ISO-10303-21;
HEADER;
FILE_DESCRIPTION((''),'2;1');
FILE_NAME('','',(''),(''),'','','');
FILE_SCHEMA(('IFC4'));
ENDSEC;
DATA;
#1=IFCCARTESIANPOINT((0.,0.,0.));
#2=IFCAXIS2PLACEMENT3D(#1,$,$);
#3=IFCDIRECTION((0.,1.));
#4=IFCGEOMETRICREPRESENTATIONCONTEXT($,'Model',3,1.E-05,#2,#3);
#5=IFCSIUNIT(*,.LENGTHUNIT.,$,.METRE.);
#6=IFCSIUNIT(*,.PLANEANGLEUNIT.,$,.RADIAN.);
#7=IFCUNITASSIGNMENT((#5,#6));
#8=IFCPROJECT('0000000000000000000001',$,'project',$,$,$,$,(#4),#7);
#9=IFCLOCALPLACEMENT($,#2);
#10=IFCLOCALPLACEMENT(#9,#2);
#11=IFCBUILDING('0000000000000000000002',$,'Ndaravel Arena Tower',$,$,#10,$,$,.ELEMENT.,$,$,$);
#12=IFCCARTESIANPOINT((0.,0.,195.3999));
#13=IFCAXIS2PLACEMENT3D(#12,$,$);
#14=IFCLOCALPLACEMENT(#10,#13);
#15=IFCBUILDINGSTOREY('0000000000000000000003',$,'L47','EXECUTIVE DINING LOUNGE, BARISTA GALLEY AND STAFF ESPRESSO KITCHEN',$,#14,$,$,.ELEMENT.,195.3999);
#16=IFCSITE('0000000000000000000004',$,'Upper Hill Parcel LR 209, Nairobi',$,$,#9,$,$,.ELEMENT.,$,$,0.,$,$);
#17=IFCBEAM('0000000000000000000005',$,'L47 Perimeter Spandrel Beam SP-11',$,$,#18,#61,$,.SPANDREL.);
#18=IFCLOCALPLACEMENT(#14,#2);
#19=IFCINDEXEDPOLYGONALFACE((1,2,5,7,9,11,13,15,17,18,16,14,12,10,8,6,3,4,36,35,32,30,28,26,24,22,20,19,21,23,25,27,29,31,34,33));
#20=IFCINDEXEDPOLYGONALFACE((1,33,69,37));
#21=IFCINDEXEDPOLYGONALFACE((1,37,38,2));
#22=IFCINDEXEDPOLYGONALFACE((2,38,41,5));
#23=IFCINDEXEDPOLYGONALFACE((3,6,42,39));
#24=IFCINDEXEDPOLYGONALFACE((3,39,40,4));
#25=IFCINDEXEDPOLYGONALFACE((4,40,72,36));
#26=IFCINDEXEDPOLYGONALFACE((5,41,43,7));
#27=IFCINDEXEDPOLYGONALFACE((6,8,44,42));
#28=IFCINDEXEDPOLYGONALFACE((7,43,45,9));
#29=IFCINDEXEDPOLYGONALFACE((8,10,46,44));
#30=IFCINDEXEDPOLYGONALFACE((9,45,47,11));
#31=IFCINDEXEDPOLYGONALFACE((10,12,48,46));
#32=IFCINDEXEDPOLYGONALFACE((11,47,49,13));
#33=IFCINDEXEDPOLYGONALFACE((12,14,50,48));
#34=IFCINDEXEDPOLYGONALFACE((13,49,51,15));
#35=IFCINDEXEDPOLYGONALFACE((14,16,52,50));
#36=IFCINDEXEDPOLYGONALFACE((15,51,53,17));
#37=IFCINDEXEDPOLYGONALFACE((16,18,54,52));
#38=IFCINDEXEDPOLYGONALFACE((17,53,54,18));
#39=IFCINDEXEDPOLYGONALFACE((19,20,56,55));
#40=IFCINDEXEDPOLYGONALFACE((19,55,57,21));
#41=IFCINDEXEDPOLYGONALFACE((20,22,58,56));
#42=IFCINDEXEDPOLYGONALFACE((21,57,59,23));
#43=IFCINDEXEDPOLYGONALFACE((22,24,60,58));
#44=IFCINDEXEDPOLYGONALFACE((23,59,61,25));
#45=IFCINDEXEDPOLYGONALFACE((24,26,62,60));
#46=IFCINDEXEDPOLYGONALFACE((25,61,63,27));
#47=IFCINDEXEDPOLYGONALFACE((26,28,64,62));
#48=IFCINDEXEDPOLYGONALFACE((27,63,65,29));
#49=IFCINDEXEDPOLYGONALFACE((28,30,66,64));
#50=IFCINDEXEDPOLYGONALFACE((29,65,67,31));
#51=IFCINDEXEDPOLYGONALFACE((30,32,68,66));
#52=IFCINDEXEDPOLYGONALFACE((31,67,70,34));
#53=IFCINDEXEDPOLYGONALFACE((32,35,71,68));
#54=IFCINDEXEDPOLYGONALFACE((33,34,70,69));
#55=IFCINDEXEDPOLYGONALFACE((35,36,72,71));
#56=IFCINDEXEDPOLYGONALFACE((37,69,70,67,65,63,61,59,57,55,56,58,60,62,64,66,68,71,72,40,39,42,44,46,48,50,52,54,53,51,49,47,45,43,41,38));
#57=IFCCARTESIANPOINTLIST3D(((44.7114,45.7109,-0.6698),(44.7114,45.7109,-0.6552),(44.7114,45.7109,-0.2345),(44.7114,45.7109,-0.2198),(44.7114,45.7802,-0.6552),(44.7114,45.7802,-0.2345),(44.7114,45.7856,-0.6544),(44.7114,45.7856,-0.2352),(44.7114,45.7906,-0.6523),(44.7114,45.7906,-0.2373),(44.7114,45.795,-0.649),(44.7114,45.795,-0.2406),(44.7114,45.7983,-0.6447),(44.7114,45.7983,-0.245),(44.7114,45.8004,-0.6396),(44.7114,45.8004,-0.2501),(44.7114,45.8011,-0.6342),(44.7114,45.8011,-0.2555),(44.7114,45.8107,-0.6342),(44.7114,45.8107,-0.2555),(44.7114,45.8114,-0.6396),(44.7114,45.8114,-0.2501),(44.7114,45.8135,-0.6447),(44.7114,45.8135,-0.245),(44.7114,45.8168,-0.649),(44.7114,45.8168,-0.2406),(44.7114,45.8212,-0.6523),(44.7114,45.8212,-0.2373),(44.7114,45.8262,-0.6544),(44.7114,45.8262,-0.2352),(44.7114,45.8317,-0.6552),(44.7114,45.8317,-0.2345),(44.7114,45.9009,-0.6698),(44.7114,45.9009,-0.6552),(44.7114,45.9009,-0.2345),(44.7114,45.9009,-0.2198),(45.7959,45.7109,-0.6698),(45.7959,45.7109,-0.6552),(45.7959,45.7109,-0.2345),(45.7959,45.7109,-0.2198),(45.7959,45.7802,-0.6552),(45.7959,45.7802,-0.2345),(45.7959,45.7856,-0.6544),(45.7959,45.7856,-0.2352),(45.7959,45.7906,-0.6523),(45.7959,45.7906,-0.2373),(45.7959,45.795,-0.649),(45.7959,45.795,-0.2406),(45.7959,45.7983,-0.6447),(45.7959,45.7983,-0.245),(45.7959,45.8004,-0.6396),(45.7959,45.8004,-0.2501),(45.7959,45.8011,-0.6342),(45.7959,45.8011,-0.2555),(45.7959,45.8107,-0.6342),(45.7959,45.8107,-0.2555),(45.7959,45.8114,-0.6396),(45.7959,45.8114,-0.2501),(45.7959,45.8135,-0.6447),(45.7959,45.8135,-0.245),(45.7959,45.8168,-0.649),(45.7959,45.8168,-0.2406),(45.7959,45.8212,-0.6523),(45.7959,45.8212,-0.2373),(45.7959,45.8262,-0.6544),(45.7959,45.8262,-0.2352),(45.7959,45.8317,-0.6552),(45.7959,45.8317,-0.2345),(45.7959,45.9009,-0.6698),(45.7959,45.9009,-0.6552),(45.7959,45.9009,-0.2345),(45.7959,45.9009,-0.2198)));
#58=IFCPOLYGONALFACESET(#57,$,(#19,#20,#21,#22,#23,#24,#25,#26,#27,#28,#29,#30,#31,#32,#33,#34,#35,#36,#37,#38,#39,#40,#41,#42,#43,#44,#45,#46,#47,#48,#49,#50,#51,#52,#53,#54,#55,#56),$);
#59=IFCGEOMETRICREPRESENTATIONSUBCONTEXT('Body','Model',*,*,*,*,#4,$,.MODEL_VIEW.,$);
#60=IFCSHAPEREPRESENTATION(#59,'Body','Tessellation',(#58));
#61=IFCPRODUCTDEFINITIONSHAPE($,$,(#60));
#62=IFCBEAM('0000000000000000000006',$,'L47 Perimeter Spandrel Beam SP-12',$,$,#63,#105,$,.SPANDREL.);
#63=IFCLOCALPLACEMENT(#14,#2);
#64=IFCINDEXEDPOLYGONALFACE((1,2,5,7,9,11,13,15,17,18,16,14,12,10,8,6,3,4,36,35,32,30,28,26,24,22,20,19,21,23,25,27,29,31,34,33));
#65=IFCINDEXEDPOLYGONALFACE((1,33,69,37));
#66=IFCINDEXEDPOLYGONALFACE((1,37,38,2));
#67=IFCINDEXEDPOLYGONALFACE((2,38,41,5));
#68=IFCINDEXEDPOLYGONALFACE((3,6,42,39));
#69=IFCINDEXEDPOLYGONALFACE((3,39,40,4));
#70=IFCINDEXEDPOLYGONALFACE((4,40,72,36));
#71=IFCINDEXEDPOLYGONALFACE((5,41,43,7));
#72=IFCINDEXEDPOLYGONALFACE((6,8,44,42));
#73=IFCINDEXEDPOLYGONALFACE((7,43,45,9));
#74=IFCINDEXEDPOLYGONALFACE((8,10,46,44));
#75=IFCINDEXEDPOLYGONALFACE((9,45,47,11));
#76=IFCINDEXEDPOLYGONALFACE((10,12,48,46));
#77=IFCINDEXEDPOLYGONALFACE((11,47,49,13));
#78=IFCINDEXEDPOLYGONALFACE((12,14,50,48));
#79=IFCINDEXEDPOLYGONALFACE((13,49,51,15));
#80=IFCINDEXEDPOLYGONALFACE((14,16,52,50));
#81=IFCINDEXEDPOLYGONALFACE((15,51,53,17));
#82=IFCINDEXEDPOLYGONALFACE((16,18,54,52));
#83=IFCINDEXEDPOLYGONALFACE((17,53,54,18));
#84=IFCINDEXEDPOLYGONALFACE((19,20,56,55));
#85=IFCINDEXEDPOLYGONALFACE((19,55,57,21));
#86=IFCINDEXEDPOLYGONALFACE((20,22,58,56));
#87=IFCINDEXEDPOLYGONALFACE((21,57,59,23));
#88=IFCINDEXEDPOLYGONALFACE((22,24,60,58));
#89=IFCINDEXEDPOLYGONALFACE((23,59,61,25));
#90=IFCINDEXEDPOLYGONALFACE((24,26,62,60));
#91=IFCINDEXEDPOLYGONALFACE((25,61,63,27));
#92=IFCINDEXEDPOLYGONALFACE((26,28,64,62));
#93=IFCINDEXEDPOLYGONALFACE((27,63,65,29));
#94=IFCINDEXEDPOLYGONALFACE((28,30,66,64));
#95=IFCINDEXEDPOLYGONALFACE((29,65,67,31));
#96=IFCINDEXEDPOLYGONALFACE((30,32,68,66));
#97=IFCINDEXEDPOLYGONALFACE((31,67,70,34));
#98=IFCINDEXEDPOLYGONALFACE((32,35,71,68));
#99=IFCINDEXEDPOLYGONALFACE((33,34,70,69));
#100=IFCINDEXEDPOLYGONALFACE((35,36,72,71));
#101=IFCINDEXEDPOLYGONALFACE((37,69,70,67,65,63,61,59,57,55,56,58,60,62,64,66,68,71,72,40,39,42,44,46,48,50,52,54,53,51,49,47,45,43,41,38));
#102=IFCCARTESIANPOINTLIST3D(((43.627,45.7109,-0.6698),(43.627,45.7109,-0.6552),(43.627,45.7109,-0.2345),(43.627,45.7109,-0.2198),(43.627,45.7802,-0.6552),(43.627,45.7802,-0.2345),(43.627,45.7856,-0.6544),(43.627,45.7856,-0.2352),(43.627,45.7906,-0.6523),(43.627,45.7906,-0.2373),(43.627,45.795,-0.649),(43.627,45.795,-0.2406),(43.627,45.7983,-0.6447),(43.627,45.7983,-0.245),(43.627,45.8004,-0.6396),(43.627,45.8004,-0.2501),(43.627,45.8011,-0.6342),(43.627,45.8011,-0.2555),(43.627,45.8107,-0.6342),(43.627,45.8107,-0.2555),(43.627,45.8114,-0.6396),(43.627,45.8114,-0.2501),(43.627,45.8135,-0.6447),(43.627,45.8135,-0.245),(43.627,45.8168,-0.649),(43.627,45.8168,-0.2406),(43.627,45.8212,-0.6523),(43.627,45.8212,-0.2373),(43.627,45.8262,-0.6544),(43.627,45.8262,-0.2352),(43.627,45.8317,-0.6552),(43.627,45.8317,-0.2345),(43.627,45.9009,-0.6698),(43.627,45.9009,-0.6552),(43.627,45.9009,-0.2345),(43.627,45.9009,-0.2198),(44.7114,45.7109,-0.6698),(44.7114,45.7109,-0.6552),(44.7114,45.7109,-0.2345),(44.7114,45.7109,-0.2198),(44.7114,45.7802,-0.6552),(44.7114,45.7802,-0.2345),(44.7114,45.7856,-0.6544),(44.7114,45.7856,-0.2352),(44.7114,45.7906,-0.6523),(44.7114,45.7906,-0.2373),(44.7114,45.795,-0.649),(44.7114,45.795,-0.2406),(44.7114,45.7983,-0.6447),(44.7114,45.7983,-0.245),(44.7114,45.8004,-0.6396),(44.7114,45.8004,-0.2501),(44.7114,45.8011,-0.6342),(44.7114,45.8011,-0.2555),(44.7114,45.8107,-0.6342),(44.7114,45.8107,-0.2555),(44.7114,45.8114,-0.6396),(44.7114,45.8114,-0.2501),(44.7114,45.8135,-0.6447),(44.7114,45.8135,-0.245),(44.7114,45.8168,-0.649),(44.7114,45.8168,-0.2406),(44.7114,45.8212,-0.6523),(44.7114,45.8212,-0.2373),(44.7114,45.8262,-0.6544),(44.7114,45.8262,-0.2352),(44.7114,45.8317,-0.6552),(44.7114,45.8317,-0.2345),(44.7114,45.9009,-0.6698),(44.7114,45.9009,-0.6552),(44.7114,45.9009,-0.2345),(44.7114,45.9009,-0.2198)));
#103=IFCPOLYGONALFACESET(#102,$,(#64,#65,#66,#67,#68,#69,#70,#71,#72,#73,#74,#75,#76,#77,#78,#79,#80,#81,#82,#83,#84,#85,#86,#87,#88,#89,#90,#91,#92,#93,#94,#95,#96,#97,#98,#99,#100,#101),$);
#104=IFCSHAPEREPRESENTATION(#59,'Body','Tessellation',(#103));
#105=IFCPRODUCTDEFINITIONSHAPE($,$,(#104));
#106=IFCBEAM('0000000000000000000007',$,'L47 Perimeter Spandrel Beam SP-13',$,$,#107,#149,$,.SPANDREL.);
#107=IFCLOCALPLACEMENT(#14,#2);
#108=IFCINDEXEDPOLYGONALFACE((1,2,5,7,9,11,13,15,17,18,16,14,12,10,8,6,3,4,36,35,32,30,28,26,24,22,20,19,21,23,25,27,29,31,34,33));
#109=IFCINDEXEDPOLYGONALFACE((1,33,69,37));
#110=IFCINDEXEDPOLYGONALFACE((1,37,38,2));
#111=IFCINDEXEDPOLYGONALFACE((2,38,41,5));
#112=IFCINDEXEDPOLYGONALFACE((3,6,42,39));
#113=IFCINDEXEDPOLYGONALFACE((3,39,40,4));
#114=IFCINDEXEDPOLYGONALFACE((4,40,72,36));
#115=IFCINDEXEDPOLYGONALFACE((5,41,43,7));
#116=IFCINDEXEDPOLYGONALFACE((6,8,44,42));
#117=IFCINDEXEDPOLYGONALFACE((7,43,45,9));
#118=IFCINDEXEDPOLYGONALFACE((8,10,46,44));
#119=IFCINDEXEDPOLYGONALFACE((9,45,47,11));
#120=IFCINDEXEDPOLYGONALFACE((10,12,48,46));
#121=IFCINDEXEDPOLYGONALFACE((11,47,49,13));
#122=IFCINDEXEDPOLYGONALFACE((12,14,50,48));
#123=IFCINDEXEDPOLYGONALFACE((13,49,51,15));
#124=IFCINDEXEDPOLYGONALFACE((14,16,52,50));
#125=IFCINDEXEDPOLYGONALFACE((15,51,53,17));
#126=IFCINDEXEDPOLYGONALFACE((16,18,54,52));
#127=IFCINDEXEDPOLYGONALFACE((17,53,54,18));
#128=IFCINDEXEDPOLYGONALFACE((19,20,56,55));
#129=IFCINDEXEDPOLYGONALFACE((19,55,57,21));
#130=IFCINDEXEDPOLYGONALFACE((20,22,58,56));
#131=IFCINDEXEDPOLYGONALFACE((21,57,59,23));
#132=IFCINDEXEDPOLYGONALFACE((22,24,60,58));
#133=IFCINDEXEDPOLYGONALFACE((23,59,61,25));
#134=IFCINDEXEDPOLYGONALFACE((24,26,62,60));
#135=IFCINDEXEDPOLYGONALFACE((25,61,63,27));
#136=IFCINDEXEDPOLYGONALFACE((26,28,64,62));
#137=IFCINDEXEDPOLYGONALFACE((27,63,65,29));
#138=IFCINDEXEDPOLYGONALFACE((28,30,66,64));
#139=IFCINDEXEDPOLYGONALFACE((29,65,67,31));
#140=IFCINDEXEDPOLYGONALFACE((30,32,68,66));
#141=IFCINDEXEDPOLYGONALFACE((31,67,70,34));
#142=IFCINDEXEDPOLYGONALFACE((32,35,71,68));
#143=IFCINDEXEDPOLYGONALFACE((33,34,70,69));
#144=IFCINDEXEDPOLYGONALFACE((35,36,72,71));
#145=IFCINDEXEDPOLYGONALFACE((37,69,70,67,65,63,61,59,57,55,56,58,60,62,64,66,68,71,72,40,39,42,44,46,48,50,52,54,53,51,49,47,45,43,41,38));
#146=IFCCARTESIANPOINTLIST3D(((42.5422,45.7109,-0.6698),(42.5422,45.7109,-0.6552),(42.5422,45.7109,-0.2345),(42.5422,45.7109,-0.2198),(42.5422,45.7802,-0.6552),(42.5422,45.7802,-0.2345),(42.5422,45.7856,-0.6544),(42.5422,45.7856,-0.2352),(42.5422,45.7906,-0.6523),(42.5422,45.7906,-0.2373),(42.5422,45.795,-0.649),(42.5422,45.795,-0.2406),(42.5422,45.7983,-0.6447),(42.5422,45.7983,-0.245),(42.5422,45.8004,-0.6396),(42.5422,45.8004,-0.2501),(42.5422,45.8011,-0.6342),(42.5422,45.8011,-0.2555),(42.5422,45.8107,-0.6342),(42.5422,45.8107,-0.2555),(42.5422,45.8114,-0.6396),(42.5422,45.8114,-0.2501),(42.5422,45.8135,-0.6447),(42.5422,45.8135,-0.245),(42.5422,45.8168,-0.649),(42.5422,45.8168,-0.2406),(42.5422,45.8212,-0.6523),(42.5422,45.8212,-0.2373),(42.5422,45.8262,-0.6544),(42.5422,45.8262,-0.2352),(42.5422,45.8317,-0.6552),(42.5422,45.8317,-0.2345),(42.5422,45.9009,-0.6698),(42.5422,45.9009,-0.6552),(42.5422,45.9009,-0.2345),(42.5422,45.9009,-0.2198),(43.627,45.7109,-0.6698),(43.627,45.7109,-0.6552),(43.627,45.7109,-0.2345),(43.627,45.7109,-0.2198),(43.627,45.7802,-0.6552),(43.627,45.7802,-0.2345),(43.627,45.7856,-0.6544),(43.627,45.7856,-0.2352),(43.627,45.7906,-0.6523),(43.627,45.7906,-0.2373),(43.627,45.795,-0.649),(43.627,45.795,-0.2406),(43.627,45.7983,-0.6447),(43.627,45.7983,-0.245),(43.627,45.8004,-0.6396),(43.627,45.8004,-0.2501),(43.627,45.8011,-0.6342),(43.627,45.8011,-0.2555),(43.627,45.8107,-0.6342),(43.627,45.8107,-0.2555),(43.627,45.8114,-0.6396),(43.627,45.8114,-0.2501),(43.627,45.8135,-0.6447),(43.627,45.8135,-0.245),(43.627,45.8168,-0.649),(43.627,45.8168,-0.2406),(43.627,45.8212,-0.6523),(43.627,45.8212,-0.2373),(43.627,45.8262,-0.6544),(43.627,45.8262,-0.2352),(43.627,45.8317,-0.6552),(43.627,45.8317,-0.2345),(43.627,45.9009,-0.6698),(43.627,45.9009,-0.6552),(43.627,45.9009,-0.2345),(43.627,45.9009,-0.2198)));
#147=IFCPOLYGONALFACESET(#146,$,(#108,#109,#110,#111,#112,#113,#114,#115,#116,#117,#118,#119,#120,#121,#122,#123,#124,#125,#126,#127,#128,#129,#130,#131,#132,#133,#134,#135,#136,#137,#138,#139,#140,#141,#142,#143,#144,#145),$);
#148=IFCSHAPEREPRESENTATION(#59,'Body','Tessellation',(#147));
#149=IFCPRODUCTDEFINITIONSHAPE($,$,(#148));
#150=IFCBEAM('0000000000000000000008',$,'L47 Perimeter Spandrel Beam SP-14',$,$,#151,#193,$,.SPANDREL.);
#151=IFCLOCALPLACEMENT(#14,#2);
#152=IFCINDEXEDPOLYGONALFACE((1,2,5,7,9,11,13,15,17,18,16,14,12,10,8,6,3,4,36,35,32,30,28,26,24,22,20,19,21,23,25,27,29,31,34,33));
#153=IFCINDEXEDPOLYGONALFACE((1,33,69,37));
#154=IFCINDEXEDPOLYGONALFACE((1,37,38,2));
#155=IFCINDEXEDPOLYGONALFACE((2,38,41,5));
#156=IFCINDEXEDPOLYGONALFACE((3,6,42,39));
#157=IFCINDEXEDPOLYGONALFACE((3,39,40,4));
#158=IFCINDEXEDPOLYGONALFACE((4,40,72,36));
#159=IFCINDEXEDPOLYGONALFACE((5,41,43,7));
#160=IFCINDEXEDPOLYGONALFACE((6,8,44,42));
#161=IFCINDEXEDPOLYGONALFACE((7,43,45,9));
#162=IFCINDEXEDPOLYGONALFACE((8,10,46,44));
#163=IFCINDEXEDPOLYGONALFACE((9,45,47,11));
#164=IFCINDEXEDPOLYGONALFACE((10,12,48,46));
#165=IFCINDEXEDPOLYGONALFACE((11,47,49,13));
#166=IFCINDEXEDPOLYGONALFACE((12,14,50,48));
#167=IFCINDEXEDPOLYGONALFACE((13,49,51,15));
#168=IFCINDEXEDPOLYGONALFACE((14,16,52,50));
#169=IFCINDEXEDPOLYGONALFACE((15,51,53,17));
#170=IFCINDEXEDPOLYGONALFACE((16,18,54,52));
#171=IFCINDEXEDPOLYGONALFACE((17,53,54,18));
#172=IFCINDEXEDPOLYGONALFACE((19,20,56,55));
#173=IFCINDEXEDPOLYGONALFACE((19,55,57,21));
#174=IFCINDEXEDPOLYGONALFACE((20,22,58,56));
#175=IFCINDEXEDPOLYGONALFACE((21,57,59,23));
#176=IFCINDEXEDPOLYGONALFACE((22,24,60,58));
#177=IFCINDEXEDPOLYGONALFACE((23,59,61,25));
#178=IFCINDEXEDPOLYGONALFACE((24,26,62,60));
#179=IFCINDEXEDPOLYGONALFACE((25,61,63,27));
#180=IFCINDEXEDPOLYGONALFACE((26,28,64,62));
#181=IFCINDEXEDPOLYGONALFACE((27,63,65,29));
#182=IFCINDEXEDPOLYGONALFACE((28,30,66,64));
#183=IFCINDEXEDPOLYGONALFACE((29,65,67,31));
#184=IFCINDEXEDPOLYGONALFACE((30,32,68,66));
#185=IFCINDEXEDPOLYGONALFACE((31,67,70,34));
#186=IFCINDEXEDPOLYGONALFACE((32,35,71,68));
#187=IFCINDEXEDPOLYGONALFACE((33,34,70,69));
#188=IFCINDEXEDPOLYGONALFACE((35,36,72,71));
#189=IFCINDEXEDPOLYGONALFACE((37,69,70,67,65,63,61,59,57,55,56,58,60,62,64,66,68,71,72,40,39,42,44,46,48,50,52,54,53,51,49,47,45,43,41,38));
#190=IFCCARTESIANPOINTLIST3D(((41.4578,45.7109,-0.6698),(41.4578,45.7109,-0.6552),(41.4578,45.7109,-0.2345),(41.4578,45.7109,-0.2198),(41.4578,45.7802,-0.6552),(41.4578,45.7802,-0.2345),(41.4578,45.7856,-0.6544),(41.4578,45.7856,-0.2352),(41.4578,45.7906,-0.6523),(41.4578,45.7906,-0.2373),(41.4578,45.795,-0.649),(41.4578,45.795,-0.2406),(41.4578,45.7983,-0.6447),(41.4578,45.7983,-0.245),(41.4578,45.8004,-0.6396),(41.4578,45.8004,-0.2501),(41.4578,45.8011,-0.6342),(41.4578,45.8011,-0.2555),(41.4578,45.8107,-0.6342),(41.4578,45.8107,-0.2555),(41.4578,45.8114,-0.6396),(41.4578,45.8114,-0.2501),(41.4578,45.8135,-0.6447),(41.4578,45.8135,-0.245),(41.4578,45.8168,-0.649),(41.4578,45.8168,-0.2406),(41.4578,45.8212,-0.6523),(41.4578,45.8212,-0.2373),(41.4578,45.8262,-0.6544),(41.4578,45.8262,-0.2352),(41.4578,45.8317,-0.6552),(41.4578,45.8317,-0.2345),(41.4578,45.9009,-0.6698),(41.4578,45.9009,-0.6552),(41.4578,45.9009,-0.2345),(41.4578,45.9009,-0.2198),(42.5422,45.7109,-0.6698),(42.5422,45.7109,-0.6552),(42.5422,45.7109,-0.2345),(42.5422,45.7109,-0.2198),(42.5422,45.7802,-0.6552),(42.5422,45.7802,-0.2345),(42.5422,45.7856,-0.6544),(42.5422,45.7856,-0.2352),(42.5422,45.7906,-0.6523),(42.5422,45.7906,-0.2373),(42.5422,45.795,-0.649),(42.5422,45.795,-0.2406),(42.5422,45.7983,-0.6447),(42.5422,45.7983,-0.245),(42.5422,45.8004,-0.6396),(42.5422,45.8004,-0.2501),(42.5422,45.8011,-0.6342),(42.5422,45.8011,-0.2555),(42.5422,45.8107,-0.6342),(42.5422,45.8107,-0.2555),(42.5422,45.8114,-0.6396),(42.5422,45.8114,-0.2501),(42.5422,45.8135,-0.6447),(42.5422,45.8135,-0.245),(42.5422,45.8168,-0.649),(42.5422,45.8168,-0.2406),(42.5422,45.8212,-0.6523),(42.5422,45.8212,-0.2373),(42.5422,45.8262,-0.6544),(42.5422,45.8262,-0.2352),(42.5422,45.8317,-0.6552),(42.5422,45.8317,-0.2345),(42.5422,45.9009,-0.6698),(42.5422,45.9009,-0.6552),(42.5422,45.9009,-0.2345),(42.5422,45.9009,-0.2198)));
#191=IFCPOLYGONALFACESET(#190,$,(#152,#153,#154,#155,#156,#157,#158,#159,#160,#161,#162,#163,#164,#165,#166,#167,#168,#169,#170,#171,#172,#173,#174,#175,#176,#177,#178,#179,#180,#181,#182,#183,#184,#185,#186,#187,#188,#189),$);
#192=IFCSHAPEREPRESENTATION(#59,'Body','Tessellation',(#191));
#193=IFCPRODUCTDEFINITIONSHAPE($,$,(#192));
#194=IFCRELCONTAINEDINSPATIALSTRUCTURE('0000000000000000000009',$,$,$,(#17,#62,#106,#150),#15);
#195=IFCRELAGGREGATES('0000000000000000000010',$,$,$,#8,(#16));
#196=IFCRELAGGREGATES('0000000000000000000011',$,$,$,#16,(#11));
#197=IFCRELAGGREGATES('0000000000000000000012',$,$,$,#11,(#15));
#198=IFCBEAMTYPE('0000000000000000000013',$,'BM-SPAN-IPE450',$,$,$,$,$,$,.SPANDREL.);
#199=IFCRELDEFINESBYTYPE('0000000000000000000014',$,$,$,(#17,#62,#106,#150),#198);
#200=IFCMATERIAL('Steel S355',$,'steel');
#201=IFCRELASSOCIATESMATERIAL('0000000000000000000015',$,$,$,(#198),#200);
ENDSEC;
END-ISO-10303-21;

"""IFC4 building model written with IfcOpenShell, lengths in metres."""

from ifc_helpers import new_model, si_unit, direction, frame, origin, origin_2d, place, context, subcontext, project, spatial, i_section, extrude, material, material_profile, profile_set, type_object, element, save


model = new_model("IFC4")

# Units and contexts
model_context = context("Model", 3, precision=1e-05, world=origin(), true_north=direction((0.0, 1.0)))
body_context = subcontext(model_context, "Body", "Model", "MODEL_VIEW")
ifc_project = project(units=[si_unit("LENGTHUNIT", "METRE"), si_unit("PLANEANGLEUNIT", "RADIAN")], contexts=[model_context])

# Site, building, storey
site_placement = place(None, origin())
site = spatial("IfcSite", under=ifc_project, at=site_placement, Name="Upper Hill Parcel LR 209, Nairobi", CompositionType="ELEMENT", RefElevation=0.0)
building_placement = place(site_placement, origin())
building = spatial("IfcBuilding", under=site, at=building_placement, Name="Ndaravel Arena Tower", CompositionType="ELEMENT")
storey_placement = place(building_placement, frame((0.0, 0.0, 195.3999)))
storey = spatial("IfcBuildingStorey", under=building, at=storey_placement, Name="L47", Description="EXECUTIVE DINING LOUNGE, BARISTA GALLEY AND STAFF ESPRESSO KITCHEN", CompositionType="ELEMENT", Elevation=195.3999)

# Beams
ifc_material_1 = material(Name="Steel S355", Category="steel")
ifc_material_profile_1 = material_profile(ifc_material_1, i_section(OverallWidth=0.1899, OverallDepth=0.45, WebThickness=0.0095, FlangeThickness=0.0146, FilletRadius=0.021, at=origin_2d()), Name="IPE 450")
ifc_profile_set_1 = profile_set([ifc_material_profile_1], Name="Steel S355")
beam_type_1 = type_object("IfcBeamType", Name="BM-SPAN-IPE450", PredefinedType="SPANDREL", material=ifc_profile_set_1)
for number, where, z_axis, x_axis, name in (
    (1, (45.7959, 45.8059, -0.4448), (-1.0, 0.0, 0.0), (0.0, -1.0, 0.0), "L47 Perimeter Spandrel Beam SP-11"),
    (2, (44.7114, 45.8059, -0.4448), (-1.0, 0.0, 0.0), (0.0, -1.0, 0.0), "L47 Perimeter Spandrel Beam SP-12"),
):
    element("IfcBeam", number, at=place(storey_placement, frame(where, z_axis=z_axis, x_axis=x_axis)), inside=storey, type_object=beam_type_1, Name=name, PredefinedType="SPANDREL", context=body_context, shape_type="SweptSolid", body=[
        extrude(i_section(OverallWidth=0.1899, OverallDepth=0.45, WebThickness=0.0095, FlangeThickness=0.0146, FilletRadius=0.021, at=origin_2d()), origin(), (0.0, 0.0, 1.0), 1.0845),
    ])
beam_1_placement = place(storey_placement, frame((43.627, 45.8059, -0.4448), z_axis=(-1.0, 0.0, 0.0), x_axis=(0.0, -1.0, 0.0)))
element("IfcBeam", 3, at=beam_1_placement, inside=storey, type_object=beam_type_1, Name="L47 Perimeter Spandrel Beam SP-13", PredefinedType="SPANDREL", context=body_context, shape_type="SweptSolid", body=[
    extrude(i_section(OverallWidth=0.1899, OverallDepth=0.45, WebThickness=0.0095, FlangeThickness=0.0146, FilletRadius=0.021, at=origin_2d()), origin(), (0.0, 0.0, 1.0), 1.0847),
])
beam_2_placement = place(storey_placement, frame((42.5422, 45.8059, -0.4448), z_axis=(-1.0, 0.0, 0.0), x_axis=(0.0, -1.0, 0.0)))
element("IfcBeam", 4, at=beam_2_placement, inside=storey, type_object=beam_type_1, Name="L47 Perimeter Spandrel Beam SP-14", PredefinedType="SPANDREL", context=body_context, shape_type="SweptSolid", body=[
    extrude(i_section(OverallWidth=0.1899, OverallDepth=0.45, WebThickness=0.0095, FlangeThickness=0.0146, FilletRadius=0.021, at=origin_2d()), origin(), (0.0, 0.0, 1.0), 1.0845),
])

save(model, "model.ifc")
